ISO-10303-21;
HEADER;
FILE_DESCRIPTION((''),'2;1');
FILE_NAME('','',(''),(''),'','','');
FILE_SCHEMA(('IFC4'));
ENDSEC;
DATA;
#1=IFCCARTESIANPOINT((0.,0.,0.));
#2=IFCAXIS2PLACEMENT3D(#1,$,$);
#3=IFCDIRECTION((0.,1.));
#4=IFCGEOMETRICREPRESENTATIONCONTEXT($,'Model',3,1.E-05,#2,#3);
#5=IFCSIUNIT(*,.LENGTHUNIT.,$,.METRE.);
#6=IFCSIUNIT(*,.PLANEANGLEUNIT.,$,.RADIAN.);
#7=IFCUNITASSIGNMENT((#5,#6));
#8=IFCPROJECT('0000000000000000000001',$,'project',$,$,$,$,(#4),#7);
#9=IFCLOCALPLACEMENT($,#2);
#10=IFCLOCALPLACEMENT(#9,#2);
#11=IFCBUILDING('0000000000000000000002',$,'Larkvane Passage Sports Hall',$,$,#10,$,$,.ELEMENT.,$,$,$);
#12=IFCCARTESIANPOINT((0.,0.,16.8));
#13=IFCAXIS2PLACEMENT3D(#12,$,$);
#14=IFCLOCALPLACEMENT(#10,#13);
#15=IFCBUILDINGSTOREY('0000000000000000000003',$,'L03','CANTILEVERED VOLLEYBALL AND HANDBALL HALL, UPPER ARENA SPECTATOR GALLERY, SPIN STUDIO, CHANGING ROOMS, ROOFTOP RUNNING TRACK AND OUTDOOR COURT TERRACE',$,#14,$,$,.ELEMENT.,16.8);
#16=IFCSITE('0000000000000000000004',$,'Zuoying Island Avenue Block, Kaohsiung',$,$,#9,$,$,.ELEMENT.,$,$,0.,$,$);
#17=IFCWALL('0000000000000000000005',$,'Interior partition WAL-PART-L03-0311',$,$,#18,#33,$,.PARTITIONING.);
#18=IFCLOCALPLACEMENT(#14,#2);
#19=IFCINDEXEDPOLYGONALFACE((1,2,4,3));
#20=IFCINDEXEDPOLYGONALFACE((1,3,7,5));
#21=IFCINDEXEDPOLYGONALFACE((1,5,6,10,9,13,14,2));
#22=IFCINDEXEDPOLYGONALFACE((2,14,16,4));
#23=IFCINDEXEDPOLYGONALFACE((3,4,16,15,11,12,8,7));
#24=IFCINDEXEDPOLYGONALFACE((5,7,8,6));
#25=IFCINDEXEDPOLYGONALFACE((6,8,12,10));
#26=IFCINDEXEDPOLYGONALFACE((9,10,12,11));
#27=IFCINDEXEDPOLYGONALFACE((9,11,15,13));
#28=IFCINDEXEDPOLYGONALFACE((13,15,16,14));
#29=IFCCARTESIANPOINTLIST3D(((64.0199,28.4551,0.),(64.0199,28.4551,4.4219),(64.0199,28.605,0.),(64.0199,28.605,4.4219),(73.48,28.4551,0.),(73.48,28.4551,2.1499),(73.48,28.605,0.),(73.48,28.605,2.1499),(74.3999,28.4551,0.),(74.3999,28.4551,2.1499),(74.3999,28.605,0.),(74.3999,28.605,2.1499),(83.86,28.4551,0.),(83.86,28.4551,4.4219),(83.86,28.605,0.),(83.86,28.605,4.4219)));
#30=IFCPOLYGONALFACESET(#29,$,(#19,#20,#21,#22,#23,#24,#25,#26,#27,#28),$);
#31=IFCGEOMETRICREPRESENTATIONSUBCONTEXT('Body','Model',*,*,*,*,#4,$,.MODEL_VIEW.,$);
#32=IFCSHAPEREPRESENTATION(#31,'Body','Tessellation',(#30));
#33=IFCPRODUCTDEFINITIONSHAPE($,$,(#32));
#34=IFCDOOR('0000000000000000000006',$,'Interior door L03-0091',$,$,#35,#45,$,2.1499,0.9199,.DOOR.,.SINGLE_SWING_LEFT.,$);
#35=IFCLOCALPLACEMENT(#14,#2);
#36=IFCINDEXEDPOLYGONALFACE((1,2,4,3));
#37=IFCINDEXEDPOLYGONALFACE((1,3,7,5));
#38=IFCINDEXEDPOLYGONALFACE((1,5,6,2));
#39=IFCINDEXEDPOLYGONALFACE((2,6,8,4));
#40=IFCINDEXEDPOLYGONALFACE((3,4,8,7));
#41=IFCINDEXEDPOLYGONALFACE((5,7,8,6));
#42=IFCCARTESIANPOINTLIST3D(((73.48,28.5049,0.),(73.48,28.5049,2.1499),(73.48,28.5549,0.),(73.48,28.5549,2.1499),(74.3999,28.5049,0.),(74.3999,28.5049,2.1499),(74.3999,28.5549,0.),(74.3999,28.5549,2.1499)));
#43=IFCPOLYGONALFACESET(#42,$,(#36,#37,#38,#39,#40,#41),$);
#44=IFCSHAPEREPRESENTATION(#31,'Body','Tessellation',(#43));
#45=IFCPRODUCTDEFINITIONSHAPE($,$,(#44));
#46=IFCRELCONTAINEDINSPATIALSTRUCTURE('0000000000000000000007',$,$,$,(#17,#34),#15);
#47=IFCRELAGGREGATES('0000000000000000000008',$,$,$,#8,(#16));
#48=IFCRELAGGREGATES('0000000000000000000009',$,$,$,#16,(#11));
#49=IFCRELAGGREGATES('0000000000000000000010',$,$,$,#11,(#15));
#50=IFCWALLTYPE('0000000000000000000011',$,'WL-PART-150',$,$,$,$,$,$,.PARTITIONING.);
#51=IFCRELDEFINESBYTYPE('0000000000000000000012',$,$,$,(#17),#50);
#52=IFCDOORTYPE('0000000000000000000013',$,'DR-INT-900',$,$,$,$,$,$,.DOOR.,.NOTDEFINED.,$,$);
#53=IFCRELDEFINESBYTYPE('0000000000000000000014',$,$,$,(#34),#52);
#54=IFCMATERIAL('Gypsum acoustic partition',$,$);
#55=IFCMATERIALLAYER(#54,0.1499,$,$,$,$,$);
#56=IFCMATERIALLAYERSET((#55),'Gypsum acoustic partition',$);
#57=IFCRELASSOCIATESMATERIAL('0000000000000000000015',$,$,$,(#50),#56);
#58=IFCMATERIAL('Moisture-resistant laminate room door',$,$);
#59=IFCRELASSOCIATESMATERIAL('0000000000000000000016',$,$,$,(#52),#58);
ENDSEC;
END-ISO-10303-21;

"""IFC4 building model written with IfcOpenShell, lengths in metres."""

from ifc_helpers import new_model, si_unit, direction, frame, frame_2d, origin, place, context, subcontext, project, spatial, rectangle, extrude, material, layer, layer_set, type_object, element, fill, save


model = new_model("IFC4")

# Units and contexts
model_context = context("Model", 3, precision=1e-05, world=origin(), true_north=direction((0.0, 1.0)))
body_context = subcontext(model_context, "Body", "Model", "MODEL_VIEW")
ifc_project = project(units=[si_unit("LENGTHUNIT", "METRE"), si_unit("PLANEANGLEUNIT", "RADIAN")], contexts=[model_context])

# Site, building, storey
site_placement = place(None, origin())
site = spatial("IfcSite", under=ifc_project, at=site_placement, Name="Zuoying Island Avenue Block, Kaohsiung", CompositionType="ELEMENT", RefElevation=0.0)
building_placement = place(site_placement, origin())
building = spatial("IfcBuilding", under=site, at=building_placement, Name="Larkvane Passage Sports Hall", CompositionType="ELEMENT")
storey_placement = place(building_placement, frame((0.0, 0.0, 16.8)))
storey = spatial("IfcBuildingStorey", under=building, at=storey_placement, Name="L03", Description="CANTILEVERED VOLLEYBALL AND HANDBALL HALL, UPPER ARENA SPECTATOR GALLERY, SPIN STUDIO, CHANGING ROOMS, ROOFTOP RUNNING TRACK AND OUTDOOR COURT TERRACE", CompositionType="ELEMENT", Elevation=16.8)

# Wall, opening, door
ifc_material_1 = material(Name="Gypsum acoustic partition")
ifc_layer_1 = layer(ifc_material_1, 0.1499)
ifc_layer_set_1 = layer_set([ifc_layer_1], Name="Gypsum acoustic partition")
wall_type_1 = type_object("IfcWallType", Name="WL-PART-150", PredefinedType="PARTITIONING", material=ifc_layer_set_1)
wall_1_placement = place(storey_placement, frame((64.02, 28.53, 0.0), z_axis=(0.0, 0.0, 1.0), x_axis=(1.0, 0.0, 0.0)))
wall_1 = element("IfcWall", 1, at=wall_1_placement, inside=storey, type_object=wall_type_1, Name="Interior partition WAL-PART-L03-0311", PredefinedType="PARTITIONING", context=body_context, shape_type="SweptSolid", body=[
    extrude(rectangle(XDim=19.8401, YDim=0.1499, at=frame_2d((9.9199, 0.0))), origin(), (0.0, 0.0, 1.0), 4.4219),
])
opening_placement = place(wall_1_placement, frame((9.46, 0.0, 0.0)))
opening = element("IfcOpeningElement", 2, at=opening_placement, cuts=wall_1, PredefinedType="OPENING", context=body_context, shape_type="SweptSolid", body=[
    extrude(rectangle(XDim=0.9199, YDim=2.1499, at=frame_2d((0.46, 1.075))), frame((0.0, 0.085, 0.0), z_axis=(0.0, -1.0, 0.0), x_axis=(1.0, 0.0, 0.0)), (0.0, 0.0, 1.0), 0.1699),
])
ifc_material_2 = material(Name="Moisture-resistant laminate room door")
door_type = type_object("IfcDoorType", Name="DR-INT-900", OperationType="NOTDEFINED", PredefinedType="DOOR", material=ifc_material_2)
door_placement = place(opening_placement, origin())
door = element("IfcDoor", 3, at=door_placement, inside=storey, type_object=door_type, Name="Interior door L03-0091", OperationType="SINGLE_SWING_LEFT", OverallHeight=2.1499, OverallWidth=0.9199, PredefinedType="DOOR", context=body_context, shape_type="SweptSolid", body=[
    extrude(rectangle(XDim=0.9199, YDim=2.1499, at=frame_2d((0.46, 1.075))), frame((0.0, 0.0249, 0.0), z_axis=(0.0, -1.0, 0.0), x_axis=(1.0, 0.0, 0.0)), (0.0, 0.0, 1.0), 0.05),
])
fill(opening, door)

save(model, "model.ifc")
